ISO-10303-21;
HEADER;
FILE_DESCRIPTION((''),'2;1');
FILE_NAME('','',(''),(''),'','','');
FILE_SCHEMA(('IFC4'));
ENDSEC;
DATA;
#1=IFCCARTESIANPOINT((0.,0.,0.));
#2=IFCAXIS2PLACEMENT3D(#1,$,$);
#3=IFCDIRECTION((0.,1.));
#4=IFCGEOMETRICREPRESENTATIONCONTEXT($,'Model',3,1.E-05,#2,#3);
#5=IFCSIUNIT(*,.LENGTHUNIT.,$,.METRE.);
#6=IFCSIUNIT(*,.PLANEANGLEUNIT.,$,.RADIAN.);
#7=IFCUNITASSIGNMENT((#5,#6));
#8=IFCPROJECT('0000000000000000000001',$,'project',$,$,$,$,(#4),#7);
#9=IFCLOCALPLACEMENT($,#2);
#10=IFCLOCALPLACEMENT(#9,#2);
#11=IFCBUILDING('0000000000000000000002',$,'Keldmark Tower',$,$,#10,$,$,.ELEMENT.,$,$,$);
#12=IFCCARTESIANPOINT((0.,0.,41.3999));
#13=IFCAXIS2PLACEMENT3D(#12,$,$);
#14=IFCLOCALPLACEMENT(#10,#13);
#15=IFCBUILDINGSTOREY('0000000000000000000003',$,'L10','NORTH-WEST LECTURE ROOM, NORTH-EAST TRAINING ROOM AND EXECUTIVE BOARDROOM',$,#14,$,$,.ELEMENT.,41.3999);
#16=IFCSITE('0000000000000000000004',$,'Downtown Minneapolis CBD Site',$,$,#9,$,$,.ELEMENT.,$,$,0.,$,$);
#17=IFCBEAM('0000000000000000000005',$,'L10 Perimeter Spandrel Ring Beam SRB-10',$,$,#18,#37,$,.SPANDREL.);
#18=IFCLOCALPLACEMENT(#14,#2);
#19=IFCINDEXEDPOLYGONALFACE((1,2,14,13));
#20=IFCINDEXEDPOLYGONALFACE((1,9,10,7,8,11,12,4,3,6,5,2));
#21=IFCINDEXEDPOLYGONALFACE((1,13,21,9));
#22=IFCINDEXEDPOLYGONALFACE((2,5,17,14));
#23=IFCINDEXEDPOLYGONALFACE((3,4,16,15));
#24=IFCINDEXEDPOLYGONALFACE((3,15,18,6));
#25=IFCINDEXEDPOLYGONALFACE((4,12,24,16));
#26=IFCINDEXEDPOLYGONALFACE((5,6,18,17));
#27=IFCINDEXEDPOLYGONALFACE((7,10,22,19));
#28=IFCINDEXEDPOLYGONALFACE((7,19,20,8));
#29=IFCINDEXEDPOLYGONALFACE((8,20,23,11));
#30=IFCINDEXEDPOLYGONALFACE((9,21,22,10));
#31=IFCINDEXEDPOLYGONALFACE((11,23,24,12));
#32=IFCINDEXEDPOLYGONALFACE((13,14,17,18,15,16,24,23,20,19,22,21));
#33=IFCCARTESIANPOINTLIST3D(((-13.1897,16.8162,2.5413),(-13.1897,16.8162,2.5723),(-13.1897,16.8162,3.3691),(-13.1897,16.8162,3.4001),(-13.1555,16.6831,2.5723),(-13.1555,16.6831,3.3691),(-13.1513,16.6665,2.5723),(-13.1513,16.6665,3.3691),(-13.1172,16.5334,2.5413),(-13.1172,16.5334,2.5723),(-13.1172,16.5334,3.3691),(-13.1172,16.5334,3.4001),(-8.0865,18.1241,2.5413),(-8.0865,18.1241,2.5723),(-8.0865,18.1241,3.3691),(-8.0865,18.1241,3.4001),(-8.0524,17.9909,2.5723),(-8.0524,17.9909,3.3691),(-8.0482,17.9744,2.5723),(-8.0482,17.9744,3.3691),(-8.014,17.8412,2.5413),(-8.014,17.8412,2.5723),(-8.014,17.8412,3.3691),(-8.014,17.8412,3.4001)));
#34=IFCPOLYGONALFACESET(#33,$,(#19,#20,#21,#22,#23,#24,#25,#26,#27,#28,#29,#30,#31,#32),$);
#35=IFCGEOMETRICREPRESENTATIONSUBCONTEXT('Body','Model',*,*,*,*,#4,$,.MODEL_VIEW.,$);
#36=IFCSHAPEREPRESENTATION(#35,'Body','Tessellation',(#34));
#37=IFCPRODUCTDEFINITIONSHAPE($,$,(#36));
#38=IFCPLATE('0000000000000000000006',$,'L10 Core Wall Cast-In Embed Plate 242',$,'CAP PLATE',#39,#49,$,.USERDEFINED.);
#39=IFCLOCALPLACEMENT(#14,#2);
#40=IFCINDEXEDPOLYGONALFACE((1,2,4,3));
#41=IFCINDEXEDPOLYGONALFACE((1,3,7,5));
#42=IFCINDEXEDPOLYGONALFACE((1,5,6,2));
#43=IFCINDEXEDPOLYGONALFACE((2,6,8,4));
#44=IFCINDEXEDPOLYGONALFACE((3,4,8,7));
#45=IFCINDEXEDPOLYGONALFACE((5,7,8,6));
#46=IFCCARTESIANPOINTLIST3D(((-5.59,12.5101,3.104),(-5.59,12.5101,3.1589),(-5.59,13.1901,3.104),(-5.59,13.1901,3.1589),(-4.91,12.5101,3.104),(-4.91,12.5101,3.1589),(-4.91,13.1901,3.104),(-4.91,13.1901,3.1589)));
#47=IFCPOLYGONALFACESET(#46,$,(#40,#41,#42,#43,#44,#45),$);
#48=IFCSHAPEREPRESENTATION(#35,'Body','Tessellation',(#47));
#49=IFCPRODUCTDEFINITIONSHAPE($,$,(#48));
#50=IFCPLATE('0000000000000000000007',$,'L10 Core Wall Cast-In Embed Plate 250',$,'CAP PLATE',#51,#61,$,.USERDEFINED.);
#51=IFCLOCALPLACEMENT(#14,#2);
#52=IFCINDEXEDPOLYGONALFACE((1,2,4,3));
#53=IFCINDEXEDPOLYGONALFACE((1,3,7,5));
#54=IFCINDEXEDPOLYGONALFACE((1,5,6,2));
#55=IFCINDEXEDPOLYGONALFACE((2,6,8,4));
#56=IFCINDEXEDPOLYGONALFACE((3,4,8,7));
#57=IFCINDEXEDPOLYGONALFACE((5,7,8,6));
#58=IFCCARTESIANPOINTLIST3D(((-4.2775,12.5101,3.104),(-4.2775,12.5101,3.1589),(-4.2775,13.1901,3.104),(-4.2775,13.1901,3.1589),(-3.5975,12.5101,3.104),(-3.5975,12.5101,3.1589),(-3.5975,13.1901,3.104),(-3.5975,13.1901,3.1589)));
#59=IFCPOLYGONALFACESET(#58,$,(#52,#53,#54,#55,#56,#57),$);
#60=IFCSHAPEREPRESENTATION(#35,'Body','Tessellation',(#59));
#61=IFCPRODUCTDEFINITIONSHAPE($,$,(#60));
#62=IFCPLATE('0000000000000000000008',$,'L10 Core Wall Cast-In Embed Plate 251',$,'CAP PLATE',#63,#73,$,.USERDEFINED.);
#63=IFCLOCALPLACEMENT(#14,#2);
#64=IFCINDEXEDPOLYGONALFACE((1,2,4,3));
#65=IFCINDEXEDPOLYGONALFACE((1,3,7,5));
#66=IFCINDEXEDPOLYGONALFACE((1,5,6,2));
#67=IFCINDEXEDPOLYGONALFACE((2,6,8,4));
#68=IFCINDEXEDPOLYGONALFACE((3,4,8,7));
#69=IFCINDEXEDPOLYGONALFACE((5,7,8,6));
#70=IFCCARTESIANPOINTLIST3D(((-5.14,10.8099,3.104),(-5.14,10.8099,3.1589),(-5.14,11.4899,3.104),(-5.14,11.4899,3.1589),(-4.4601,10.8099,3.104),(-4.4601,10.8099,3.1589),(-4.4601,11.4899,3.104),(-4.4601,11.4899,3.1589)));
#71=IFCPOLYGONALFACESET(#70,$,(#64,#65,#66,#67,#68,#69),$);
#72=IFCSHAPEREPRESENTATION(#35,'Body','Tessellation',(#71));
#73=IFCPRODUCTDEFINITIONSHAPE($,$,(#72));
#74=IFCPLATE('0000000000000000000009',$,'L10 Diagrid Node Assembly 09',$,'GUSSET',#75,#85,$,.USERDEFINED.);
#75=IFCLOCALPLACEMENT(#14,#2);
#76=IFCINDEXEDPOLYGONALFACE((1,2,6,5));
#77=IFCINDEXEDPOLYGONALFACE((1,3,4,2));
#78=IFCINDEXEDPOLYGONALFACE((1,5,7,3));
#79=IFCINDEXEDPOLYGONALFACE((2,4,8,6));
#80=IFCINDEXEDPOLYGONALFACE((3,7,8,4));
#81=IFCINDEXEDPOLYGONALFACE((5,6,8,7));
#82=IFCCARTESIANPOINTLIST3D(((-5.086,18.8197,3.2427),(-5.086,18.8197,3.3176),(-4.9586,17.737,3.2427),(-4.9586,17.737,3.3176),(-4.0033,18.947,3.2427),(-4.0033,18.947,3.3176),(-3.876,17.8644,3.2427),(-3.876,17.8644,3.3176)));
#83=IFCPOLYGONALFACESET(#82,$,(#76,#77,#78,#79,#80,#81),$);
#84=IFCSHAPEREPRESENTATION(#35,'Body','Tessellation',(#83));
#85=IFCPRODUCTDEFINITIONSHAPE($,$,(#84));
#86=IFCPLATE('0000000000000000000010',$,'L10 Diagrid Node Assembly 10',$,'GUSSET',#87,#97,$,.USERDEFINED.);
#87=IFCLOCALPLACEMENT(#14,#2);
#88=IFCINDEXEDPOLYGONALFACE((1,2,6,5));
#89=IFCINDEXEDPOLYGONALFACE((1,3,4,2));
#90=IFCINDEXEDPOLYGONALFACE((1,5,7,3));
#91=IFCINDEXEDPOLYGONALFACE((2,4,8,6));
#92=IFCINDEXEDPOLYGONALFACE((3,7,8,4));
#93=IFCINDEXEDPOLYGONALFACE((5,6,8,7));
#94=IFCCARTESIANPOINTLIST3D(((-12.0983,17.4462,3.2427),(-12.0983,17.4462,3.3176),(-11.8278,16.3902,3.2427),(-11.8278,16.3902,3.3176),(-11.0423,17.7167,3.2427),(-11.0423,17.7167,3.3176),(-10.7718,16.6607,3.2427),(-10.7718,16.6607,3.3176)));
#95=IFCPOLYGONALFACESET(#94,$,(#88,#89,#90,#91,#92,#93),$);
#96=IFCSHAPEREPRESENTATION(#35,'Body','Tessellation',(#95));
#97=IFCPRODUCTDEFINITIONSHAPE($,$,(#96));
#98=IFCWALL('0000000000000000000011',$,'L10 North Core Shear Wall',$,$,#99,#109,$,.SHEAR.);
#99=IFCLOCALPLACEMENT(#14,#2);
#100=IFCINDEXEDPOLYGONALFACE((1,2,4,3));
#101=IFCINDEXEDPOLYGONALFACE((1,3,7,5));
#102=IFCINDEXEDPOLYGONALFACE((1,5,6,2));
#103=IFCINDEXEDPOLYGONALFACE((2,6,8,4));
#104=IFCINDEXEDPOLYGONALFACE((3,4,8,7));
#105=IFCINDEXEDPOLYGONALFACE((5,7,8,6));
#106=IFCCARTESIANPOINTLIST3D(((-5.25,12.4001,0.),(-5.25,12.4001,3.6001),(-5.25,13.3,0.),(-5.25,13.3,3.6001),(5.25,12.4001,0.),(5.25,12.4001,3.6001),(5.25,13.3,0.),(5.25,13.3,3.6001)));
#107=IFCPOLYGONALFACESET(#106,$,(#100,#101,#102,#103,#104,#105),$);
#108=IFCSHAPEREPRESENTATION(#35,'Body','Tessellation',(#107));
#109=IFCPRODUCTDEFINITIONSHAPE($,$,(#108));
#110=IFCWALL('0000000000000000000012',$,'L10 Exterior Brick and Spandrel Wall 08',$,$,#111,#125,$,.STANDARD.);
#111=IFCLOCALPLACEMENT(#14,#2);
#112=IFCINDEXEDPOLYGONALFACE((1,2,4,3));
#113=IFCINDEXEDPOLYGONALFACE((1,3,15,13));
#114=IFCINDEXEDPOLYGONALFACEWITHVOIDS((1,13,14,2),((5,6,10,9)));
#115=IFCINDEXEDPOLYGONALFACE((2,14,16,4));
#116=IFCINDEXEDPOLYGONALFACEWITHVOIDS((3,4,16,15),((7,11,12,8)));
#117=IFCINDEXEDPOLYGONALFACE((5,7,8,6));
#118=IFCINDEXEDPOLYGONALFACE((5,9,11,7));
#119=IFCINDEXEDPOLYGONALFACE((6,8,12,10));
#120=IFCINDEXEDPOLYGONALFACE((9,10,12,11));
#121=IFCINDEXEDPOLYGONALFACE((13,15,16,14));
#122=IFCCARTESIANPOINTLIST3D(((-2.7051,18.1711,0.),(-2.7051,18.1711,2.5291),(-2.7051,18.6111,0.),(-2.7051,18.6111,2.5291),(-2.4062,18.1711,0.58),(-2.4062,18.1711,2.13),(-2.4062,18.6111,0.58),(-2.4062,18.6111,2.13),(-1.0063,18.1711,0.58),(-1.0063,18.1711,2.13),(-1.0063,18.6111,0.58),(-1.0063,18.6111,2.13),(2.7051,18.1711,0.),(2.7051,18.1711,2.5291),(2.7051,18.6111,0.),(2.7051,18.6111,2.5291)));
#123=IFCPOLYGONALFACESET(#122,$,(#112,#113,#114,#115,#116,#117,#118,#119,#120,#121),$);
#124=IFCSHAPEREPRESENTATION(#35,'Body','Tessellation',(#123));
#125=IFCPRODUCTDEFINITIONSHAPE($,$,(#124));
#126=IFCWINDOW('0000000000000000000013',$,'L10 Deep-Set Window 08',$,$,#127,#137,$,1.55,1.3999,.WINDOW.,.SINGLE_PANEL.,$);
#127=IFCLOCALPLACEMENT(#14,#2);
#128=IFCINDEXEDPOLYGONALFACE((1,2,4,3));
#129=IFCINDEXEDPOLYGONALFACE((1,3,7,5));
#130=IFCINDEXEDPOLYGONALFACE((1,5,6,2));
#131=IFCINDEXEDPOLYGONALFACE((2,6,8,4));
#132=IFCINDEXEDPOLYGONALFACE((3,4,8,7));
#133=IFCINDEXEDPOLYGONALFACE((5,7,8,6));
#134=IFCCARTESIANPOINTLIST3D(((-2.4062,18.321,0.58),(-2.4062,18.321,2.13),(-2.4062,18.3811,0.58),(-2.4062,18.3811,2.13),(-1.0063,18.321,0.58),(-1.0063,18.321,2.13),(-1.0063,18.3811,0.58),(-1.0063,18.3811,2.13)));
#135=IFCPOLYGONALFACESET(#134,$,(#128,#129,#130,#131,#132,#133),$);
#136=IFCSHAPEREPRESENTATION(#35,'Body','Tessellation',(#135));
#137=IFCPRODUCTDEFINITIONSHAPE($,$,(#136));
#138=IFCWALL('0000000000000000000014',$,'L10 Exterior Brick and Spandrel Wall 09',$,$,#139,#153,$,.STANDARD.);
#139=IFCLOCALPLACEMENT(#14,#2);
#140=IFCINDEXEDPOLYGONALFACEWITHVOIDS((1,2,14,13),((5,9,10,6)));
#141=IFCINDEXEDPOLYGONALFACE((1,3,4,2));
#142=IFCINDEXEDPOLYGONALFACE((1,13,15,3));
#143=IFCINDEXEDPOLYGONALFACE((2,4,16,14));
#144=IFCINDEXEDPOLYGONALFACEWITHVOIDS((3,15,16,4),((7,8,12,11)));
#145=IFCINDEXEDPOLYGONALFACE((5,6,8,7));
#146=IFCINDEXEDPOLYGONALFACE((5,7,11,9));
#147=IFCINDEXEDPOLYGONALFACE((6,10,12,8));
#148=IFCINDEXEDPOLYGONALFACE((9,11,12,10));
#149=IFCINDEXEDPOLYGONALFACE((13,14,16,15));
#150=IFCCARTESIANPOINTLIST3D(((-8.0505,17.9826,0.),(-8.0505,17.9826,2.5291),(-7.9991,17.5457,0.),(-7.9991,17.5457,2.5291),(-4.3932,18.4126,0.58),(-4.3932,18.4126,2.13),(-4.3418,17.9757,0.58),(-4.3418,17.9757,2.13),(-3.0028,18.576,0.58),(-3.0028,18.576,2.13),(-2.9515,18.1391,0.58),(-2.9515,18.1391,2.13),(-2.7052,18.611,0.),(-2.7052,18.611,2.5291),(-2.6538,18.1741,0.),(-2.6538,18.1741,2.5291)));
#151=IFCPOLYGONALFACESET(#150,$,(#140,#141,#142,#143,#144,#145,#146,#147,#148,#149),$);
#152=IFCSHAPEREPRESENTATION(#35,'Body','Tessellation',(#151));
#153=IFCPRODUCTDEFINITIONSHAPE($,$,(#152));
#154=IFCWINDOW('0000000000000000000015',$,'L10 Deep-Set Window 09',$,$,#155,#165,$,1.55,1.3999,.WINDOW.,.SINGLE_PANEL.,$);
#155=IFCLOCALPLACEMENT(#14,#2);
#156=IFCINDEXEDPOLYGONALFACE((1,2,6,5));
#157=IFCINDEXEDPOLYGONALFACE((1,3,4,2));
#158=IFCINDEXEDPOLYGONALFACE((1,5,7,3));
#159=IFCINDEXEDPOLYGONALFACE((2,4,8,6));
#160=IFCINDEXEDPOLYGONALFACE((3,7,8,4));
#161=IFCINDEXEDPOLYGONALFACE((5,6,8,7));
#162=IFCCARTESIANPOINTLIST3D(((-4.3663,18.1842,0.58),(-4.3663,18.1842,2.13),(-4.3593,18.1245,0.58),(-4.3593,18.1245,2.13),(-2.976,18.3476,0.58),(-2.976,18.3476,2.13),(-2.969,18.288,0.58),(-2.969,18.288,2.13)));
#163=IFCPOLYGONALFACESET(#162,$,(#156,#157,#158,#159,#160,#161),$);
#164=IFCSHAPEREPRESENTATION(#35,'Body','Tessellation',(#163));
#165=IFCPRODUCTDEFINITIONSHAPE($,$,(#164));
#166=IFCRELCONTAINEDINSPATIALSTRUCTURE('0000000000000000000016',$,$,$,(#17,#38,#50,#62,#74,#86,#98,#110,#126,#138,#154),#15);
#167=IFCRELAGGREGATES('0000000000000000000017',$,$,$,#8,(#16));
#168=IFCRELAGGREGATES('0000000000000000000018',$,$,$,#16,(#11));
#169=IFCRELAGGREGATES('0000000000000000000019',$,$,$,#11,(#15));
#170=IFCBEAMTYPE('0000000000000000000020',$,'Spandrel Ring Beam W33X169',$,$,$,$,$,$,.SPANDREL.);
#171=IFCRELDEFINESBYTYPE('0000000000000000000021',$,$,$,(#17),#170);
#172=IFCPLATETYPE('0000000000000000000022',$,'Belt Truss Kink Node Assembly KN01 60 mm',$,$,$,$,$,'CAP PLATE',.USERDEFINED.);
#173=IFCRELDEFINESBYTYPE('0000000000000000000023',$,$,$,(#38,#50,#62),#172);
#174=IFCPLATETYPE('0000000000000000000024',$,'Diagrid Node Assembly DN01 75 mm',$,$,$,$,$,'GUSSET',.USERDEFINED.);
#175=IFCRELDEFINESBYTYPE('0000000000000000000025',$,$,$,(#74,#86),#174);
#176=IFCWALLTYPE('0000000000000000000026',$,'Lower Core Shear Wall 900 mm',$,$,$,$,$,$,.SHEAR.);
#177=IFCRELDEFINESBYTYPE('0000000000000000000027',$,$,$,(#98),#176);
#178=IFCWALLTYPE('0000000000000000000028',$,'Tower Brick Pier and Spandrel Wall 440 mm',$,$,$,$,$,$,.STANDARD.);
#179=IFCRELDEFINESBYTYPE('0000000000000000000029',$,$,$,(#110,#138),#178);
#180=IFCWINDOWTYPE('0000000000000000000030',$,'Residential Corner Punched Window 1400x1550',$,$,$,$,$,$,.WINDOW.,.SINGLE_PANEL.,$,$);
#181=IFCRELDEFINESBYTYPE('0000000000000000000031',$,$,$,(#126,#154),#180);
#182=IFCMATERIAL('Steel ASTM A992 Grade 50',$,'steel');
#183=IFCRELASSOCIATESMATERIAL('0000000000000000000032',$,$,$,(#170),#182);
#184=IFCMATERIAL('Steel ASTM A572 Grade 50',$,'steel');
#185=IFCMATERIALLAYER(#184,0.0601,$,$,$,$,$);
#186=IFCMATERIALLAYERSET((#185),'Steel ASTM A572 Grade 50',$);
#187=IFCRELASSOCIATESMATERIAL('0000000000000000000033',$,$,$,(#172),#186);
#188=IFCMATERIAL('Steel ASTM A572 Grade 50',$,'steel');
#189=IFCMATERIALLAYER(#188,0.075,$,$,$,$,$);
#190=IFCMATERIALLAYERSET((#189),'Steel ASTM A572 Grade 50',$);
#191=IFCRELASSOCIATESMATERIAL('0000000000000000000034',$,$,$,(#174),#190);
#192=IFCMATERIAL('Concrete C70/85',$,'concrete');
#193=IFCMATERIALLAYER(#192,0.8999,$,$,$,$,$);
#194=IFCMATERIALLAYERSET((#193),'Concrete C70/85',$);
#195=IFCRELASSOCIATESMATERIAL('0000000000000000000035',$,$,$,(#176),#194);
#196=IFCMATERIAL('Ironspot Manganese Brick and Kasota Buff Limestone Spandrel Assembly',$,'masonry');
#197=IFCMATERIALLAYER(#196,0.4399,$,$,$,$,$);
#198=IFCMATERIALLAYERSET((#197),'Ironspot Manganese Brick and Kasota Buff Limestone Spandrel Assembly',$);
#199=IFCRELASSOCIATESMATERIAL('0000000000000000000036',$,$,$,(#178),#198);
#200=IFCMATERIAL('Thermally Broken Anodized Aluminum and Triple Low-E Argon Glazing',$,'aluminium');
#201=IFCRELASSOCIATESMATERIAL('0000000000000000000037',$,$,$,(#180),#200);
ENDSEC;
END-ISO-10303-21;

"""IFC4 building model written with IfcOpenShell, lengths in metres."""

from ifc_helpers import new_model, si_unit, direction, frame, frame_2d, origin, origin_2d, place, context, subcontext, project, spatial, rectangle, i_section, extrude, material, layer, layer_set, material_profile, profile_set, type_object, element, fill, save


model = new_model("IFC4")

# Units and contexts
model_context = context("Model", 3, precision=1e-05, world=origin(), true_north=direction((0.0, 1.0)))
body_context = subcontext(model_context, "Body", "Model", "MODEL_VIEW")
ifc_project = project(units=[si_unit("LENGTHUNIT", "METRE"), si_unit("PLANEANGLEUNIT", "RADIAN")], contexts=[model_context])

# Site, building, storey
site_placement = place(None, origin())
site = spatial("IfcSite", under=ifc_project, at=site_placement, Name="Downtown Minneapolis CBD Site", CompositionType="ELEMENT", RefElevation=0.0)
building_placement = place(site_placement, origin())
building = spatial("IfcBuilding", under=site, at=building_placement, Name="Keldmark Tower", CompositionType="ELEMENT")
storey_placement = place(building_placement, frame((0.0, 0.0, 41.3999)))
storey = spatial("IfcBuildingStorey", under=building, at=storey_placement, Name="L10", Description="NORTH-WEST LECTURE ROOM, NORTH-EAST TRAINING ROOM AND EXECUTIVE BOARDROOM", CompositionType="ELEMENT", Elevation=41.3999)

# Beam
ifc_material_1 = material(Name="Steel ASTM A992 Grade 50", Category="steel")
ifc_material_profile_1 = material_profile(ifc_material_1, i_section(OverallWidth=0.292, OverallDepth=0.8589, WebThickness=0.0171, FlangeThickness=0.031, at=origin_2d()), Name="W33X169")
ifc_profile_set_1 = profile_set([ifc_material_profile_1], Name="Steel ASTM A992 Grade 50")
beam_type_1 = type_object("IfcBeamType", Name="Spandrel Ring Beam W33X169", PredefinedType="SPANDREL", material=ifc_profile_set_1)
beam_1_placement = place(storey_placement, frame((-8.0503, 17.9827, 2.9707), z_axis=(-0.968692, -0.248267, 0.0), x_axis=(0.248267, -0.968692, 0.0)))
element("IfcBeam", 1, at=beam_1_placement, inside=storey, type_object=beam_type_1, Name="L10 Perimeter Spandrel Ring Beam SRB-10", PredefinedType="SPANDREL", context=body_context, shape_type="SweptSolid", body=[
    extrude(i_section(OverallWidth=0.292, OverallDepth=0.8589, WebThickness=0.0171, FlangeThickness=0.031, at=origin_2d()), origin(), (0.0, 0.0, 1.0), 5.2681),
])

# Plates
ifc_material_2 = material(Name="Steel ASTM A572 Grade 50", Category="steel")
ifc_layer_1 = layer(ifc_material_2, 0.0601)
ifc_layer_set_1 = layer_set([ifc_layer_1], Name="Steel ASTM A572 Grade 50")
plate_type_1 = type_object("IfcPlateType", Name="Belt Truss Kink Node Assembly KN01 60 mm", ElementType="CAP PLATE", PredefinedType="USERDEFINED", material=ifc_layer_set_1)
for number, where, z_axis, x_axis, name in (
    (2, (-5.25, 12.8501, 3.104), (0.0, 0.0, 1.0), (1.0, 0.0, 0.0), "L10 Core Wall Cast-In Embed Plate 242"),
    (3, (-3.9375, 12.8501, 3.104), (0.0, 0.0, 1.0), (1.0, 0.0, 0.0), "L10 Core Wall Cast-In Embed Plate 250"),
    (4, (-4.8, 11.1499, 3.104), (0.0, 0.0, 1.0), (1.0, 0.0, 0.0), "L10 Core Wall Cast-In Embed Plate 251"),
):
    element("IfcPlate", number, at=place(storey_placement, frame(where, z_axis=z_axis, x_axis=x_axis)), inside=storey, type_object=plate_type_1, Name=name, ObjectType="CAP PLATE", PredefinedType="USERDEFINED", context=body_context, shape_type="SweptSolid", body=[
        extrude(rectangle(XDim=0.6799, YDim=0.6799, at=origin_2d()), origin(), (0.0, 0.0, 1.0), 0.0549),
    ])
ifc_material_3 = material(Name="Steel ASTM A572 Grade 50", Category="steel")
ifc_layer_2 = layer(ifc_material_3, 0.075)
ifc_layer_set_2 = layer_set([ifc_layer_2], Name="Steel ASTM A572 Grade 50")
plate_type_2 = type_object("IfcPlateType", Name="Diagrid Node Assembly DN01 75 mm", ElementType="GUSSET", PredefinedType="USERDEFINED", material=ifc_layer_set_2)
for number, where, z_axis, x_axis, name in (
    (5, (-4.481, 18.342, 3.2427), (0.0, 0.0, 1.0), (-0.99315, -0.116844, 0.0), "L10 Diagrid Node Assembly 09"),
    (6, (-11.4351, 17.0535, 3.2427), (0.0, 0.0, 1.0), (-0.968713, -0.248183, 0.0), "L10 Diagrid Node Assembly 10"),
):
    element("IfcPlate", number, at=place(storey_placement, frame(where, z_axis=z_axis, x_axis=x_axis)), inside=storey, type_object=plate_type_2, Name=name, ObjectType="GUSSET", PredefinedType="USERDEFINED", context=body_context, shape_type="SweptSolid", body=[
        extrude(rectangle(XDim=1.0901, YDim=1.0901, at=origin_2d()), origin(), (0.0, 0.0, 1.0), 0.075),
    ])

# Wall
ifc_material_4 = material(Name="Concrete C70/85", Category="concrete")
ifc_layer_3 = layer(ifc_material_4, 0.8999)
ifc_layer_set_3 = layer_set([ifc_layer_3], Name="Concrete C70/85")
wall_type_1 = type_object("IfcWallType", Name="Lower Core Shear Wall 900 mm", PredefinedType="SHEAR", material=ifc_layer_set_3)
wall_1_placement = place(storey_placement, frame((-5.25, 12.8501, 0.0), z_axis=(0.0, 0.0, 1.0), x_axis=(1.0, 0.0, 0.0)))
element("IfcWall", 7, at=wall_1_placement, inside=storey, type_object=wall_type_1, Name="L10 North Core Shear Wall", PredefinedType="SHEAR", context=body_context, shape_type="SweptSolid", body=[
    extrude(rectangle(XDim=10.5, YDim=0.8999, at=frame_2d((5.25, 0.0))), origin(), (0.0, 0.0, 1.0), 3.6001),
])

# Walls, openings, windows
ifc_material_5 = material(Name="Ironspot Manganese Brick and Kasota Buff Limestone Spandrel Assembly", Category="masonry")
ifc_layer_4 = layer(ifc_material_5, 0.4399)
ifc_layer_set_4 = layer_set([ifc_layer_4], Name="Ironspot Manganese Brick and Kasota Buff Limestone Spandrel Assembly")
wall_type_2 = type_object("IfcWallType", Name="Tower Brick Pier and Spandrel Wall 440 mm", PredefinedType="STANDARD", material=ifc_layer_set_4)
wall_2_placement = place(storey_placement, frame((-2.7051, 18.3911, 0.0), z_axis=(0.0, 0.0, 1.0), x_axis=(1.0, 0.0, 0.0)))
wall_2 = element("IfcWall", 8, at=wall_2_placement, inside=storey, type_object=wall_type_2, Name="L10 Exterior Brick and Spandrel Wall 08", PredefinedType="STANDARD", context=body_context, shape_type="SweptSolid", body=[
    extrude(rectangle(XDim=5.4102, YDim=0.4399, at=frame_2d((2.7051, 0.0))), origin(), (0.0, 0.0, 1.0), 2.5291),
])
opening_1_placement = place(wall_2_placement, frame((0.2988, 0.0, 0.5801)))
opening_1 = element("IfcOpeningElement", 9, at=opening_1_placement, cuts=wall_2, PredefinedType="OPENING", context=body_context, shape_type="SweptSolid", body=[
    extrude(rectangle(XDim=1.3999, YDim=1.55, at=frame_2d((0.7, 0.7749))), frame((0.0, 0.23, 0.0), z_axis=(0.0, -1.0, 0.0), x_axis=(1.0, 0.0, 0.0)), (0.0, 0.0, 1.0), 0.46),
])
ifc_material_6 = material(Name="Thermally Broken Anodized Aluminum and Triple Low-E Argon Glazing", Category="aluminium")
window_type = type_object("IfcWindowType", Name="Residential Corner Punched Window 1400x1550", PartitioningType="SINGLE_PANEL", PredefinedType="WINDOW", material=ifc_material_6)
window_1_placement = place(opening_1_placement, origin())
window_1 = element("IfcWindow", 10, at=window_1_placement, inside=storey, type_object=window_type, Name="L10 Deep-Set Window 08", OverallHeight=1.55, OverallWidth=1.3999, PartitioningType="SINGLE_PANEL", PredefinedType="WINDOW", context=body_context, shape_type="SweptSolid", body=[
    extrude(rectangle(XDim=1.3999, YDim=1.55, at=frame_2d((0.7, 0.7749))), frame((0.0, -0.01, 0.0), z_axis=(0.0, -1.0, 0.0), x_axis=(1.0, 0.0, 0.0)), (0.0, 0.0, 1.0), 0.0601),
])
fill(opening_1, window_1)
wall_3_placement = place(storey_placement, frame((-8.0247, 17.7642, 0.0), z_axis=(0.0, 0.0, 1.0), x_axis=(0.99316, 0.116762, 0.0)))
wall_3 = element("IfcWall", 11, at=wall_3_placement, inside=storey, type_object=wall_type_2, Name="L10 Exterior Brick and Spandrel Wall 09", PredefinedType="STANDARD", context=body_context, shape_type="SweptSolid", body=[
    extrude(rectangle(XDim=5.3821, YDim=0.4399, at=frame_2d((2.6909, 0.0))), origin(), (0.0, 0.0, 1.0), 2.5291),
])
opening_2_placement = place(wall_3_placement, frame((3.6824, 0.0, 0.5801)))
opening_2 = element("IfcOpeningElement", 12, at=opening_2_placement, cuts=wall_3, PredefinedType="OPENING", context=body_context, shape_type="SweptSolid", body=[
    extrude(rectangle(XDim=1.3999, YDim=1.55, at=frame_2d((0.7, 0.7749))), frame((0.0, 0.23, 0.0), z_axis=(0.0, -1.0, 0.0), x_axis=(1.0, 0.0, 0.0)), (0.0, 0.0, 1.0), 0.46),
])
window_2_placement = place(opening_2_placement, origin())
window_2 = element("IfcWindow", 13, at=window_2_placement, inside=storey, type_object=window_type, Name="L10 Deep-Set Window 09", OverallHeight=1.55, OverallWidth=1.3999, PartitioningType="SINGLE_PANEL", PredefinedType="WINDOW", context=body_context, shape_type="SweptSolid", body=[
    extrude(rectangle(XDim=1.3999, YDim=1.55, at=frame_2d((0.7, 0.7749))), frame((0.0, -0.01, 0.0), z_axis=(0.0, -1.0, 0.0), x_axis=(1.0, 0.0, 0.0)), (0.0, 0.0, 1.0), 0.0601),
])
fill(opening_2, window_2)

save(model, "model.ifc")
